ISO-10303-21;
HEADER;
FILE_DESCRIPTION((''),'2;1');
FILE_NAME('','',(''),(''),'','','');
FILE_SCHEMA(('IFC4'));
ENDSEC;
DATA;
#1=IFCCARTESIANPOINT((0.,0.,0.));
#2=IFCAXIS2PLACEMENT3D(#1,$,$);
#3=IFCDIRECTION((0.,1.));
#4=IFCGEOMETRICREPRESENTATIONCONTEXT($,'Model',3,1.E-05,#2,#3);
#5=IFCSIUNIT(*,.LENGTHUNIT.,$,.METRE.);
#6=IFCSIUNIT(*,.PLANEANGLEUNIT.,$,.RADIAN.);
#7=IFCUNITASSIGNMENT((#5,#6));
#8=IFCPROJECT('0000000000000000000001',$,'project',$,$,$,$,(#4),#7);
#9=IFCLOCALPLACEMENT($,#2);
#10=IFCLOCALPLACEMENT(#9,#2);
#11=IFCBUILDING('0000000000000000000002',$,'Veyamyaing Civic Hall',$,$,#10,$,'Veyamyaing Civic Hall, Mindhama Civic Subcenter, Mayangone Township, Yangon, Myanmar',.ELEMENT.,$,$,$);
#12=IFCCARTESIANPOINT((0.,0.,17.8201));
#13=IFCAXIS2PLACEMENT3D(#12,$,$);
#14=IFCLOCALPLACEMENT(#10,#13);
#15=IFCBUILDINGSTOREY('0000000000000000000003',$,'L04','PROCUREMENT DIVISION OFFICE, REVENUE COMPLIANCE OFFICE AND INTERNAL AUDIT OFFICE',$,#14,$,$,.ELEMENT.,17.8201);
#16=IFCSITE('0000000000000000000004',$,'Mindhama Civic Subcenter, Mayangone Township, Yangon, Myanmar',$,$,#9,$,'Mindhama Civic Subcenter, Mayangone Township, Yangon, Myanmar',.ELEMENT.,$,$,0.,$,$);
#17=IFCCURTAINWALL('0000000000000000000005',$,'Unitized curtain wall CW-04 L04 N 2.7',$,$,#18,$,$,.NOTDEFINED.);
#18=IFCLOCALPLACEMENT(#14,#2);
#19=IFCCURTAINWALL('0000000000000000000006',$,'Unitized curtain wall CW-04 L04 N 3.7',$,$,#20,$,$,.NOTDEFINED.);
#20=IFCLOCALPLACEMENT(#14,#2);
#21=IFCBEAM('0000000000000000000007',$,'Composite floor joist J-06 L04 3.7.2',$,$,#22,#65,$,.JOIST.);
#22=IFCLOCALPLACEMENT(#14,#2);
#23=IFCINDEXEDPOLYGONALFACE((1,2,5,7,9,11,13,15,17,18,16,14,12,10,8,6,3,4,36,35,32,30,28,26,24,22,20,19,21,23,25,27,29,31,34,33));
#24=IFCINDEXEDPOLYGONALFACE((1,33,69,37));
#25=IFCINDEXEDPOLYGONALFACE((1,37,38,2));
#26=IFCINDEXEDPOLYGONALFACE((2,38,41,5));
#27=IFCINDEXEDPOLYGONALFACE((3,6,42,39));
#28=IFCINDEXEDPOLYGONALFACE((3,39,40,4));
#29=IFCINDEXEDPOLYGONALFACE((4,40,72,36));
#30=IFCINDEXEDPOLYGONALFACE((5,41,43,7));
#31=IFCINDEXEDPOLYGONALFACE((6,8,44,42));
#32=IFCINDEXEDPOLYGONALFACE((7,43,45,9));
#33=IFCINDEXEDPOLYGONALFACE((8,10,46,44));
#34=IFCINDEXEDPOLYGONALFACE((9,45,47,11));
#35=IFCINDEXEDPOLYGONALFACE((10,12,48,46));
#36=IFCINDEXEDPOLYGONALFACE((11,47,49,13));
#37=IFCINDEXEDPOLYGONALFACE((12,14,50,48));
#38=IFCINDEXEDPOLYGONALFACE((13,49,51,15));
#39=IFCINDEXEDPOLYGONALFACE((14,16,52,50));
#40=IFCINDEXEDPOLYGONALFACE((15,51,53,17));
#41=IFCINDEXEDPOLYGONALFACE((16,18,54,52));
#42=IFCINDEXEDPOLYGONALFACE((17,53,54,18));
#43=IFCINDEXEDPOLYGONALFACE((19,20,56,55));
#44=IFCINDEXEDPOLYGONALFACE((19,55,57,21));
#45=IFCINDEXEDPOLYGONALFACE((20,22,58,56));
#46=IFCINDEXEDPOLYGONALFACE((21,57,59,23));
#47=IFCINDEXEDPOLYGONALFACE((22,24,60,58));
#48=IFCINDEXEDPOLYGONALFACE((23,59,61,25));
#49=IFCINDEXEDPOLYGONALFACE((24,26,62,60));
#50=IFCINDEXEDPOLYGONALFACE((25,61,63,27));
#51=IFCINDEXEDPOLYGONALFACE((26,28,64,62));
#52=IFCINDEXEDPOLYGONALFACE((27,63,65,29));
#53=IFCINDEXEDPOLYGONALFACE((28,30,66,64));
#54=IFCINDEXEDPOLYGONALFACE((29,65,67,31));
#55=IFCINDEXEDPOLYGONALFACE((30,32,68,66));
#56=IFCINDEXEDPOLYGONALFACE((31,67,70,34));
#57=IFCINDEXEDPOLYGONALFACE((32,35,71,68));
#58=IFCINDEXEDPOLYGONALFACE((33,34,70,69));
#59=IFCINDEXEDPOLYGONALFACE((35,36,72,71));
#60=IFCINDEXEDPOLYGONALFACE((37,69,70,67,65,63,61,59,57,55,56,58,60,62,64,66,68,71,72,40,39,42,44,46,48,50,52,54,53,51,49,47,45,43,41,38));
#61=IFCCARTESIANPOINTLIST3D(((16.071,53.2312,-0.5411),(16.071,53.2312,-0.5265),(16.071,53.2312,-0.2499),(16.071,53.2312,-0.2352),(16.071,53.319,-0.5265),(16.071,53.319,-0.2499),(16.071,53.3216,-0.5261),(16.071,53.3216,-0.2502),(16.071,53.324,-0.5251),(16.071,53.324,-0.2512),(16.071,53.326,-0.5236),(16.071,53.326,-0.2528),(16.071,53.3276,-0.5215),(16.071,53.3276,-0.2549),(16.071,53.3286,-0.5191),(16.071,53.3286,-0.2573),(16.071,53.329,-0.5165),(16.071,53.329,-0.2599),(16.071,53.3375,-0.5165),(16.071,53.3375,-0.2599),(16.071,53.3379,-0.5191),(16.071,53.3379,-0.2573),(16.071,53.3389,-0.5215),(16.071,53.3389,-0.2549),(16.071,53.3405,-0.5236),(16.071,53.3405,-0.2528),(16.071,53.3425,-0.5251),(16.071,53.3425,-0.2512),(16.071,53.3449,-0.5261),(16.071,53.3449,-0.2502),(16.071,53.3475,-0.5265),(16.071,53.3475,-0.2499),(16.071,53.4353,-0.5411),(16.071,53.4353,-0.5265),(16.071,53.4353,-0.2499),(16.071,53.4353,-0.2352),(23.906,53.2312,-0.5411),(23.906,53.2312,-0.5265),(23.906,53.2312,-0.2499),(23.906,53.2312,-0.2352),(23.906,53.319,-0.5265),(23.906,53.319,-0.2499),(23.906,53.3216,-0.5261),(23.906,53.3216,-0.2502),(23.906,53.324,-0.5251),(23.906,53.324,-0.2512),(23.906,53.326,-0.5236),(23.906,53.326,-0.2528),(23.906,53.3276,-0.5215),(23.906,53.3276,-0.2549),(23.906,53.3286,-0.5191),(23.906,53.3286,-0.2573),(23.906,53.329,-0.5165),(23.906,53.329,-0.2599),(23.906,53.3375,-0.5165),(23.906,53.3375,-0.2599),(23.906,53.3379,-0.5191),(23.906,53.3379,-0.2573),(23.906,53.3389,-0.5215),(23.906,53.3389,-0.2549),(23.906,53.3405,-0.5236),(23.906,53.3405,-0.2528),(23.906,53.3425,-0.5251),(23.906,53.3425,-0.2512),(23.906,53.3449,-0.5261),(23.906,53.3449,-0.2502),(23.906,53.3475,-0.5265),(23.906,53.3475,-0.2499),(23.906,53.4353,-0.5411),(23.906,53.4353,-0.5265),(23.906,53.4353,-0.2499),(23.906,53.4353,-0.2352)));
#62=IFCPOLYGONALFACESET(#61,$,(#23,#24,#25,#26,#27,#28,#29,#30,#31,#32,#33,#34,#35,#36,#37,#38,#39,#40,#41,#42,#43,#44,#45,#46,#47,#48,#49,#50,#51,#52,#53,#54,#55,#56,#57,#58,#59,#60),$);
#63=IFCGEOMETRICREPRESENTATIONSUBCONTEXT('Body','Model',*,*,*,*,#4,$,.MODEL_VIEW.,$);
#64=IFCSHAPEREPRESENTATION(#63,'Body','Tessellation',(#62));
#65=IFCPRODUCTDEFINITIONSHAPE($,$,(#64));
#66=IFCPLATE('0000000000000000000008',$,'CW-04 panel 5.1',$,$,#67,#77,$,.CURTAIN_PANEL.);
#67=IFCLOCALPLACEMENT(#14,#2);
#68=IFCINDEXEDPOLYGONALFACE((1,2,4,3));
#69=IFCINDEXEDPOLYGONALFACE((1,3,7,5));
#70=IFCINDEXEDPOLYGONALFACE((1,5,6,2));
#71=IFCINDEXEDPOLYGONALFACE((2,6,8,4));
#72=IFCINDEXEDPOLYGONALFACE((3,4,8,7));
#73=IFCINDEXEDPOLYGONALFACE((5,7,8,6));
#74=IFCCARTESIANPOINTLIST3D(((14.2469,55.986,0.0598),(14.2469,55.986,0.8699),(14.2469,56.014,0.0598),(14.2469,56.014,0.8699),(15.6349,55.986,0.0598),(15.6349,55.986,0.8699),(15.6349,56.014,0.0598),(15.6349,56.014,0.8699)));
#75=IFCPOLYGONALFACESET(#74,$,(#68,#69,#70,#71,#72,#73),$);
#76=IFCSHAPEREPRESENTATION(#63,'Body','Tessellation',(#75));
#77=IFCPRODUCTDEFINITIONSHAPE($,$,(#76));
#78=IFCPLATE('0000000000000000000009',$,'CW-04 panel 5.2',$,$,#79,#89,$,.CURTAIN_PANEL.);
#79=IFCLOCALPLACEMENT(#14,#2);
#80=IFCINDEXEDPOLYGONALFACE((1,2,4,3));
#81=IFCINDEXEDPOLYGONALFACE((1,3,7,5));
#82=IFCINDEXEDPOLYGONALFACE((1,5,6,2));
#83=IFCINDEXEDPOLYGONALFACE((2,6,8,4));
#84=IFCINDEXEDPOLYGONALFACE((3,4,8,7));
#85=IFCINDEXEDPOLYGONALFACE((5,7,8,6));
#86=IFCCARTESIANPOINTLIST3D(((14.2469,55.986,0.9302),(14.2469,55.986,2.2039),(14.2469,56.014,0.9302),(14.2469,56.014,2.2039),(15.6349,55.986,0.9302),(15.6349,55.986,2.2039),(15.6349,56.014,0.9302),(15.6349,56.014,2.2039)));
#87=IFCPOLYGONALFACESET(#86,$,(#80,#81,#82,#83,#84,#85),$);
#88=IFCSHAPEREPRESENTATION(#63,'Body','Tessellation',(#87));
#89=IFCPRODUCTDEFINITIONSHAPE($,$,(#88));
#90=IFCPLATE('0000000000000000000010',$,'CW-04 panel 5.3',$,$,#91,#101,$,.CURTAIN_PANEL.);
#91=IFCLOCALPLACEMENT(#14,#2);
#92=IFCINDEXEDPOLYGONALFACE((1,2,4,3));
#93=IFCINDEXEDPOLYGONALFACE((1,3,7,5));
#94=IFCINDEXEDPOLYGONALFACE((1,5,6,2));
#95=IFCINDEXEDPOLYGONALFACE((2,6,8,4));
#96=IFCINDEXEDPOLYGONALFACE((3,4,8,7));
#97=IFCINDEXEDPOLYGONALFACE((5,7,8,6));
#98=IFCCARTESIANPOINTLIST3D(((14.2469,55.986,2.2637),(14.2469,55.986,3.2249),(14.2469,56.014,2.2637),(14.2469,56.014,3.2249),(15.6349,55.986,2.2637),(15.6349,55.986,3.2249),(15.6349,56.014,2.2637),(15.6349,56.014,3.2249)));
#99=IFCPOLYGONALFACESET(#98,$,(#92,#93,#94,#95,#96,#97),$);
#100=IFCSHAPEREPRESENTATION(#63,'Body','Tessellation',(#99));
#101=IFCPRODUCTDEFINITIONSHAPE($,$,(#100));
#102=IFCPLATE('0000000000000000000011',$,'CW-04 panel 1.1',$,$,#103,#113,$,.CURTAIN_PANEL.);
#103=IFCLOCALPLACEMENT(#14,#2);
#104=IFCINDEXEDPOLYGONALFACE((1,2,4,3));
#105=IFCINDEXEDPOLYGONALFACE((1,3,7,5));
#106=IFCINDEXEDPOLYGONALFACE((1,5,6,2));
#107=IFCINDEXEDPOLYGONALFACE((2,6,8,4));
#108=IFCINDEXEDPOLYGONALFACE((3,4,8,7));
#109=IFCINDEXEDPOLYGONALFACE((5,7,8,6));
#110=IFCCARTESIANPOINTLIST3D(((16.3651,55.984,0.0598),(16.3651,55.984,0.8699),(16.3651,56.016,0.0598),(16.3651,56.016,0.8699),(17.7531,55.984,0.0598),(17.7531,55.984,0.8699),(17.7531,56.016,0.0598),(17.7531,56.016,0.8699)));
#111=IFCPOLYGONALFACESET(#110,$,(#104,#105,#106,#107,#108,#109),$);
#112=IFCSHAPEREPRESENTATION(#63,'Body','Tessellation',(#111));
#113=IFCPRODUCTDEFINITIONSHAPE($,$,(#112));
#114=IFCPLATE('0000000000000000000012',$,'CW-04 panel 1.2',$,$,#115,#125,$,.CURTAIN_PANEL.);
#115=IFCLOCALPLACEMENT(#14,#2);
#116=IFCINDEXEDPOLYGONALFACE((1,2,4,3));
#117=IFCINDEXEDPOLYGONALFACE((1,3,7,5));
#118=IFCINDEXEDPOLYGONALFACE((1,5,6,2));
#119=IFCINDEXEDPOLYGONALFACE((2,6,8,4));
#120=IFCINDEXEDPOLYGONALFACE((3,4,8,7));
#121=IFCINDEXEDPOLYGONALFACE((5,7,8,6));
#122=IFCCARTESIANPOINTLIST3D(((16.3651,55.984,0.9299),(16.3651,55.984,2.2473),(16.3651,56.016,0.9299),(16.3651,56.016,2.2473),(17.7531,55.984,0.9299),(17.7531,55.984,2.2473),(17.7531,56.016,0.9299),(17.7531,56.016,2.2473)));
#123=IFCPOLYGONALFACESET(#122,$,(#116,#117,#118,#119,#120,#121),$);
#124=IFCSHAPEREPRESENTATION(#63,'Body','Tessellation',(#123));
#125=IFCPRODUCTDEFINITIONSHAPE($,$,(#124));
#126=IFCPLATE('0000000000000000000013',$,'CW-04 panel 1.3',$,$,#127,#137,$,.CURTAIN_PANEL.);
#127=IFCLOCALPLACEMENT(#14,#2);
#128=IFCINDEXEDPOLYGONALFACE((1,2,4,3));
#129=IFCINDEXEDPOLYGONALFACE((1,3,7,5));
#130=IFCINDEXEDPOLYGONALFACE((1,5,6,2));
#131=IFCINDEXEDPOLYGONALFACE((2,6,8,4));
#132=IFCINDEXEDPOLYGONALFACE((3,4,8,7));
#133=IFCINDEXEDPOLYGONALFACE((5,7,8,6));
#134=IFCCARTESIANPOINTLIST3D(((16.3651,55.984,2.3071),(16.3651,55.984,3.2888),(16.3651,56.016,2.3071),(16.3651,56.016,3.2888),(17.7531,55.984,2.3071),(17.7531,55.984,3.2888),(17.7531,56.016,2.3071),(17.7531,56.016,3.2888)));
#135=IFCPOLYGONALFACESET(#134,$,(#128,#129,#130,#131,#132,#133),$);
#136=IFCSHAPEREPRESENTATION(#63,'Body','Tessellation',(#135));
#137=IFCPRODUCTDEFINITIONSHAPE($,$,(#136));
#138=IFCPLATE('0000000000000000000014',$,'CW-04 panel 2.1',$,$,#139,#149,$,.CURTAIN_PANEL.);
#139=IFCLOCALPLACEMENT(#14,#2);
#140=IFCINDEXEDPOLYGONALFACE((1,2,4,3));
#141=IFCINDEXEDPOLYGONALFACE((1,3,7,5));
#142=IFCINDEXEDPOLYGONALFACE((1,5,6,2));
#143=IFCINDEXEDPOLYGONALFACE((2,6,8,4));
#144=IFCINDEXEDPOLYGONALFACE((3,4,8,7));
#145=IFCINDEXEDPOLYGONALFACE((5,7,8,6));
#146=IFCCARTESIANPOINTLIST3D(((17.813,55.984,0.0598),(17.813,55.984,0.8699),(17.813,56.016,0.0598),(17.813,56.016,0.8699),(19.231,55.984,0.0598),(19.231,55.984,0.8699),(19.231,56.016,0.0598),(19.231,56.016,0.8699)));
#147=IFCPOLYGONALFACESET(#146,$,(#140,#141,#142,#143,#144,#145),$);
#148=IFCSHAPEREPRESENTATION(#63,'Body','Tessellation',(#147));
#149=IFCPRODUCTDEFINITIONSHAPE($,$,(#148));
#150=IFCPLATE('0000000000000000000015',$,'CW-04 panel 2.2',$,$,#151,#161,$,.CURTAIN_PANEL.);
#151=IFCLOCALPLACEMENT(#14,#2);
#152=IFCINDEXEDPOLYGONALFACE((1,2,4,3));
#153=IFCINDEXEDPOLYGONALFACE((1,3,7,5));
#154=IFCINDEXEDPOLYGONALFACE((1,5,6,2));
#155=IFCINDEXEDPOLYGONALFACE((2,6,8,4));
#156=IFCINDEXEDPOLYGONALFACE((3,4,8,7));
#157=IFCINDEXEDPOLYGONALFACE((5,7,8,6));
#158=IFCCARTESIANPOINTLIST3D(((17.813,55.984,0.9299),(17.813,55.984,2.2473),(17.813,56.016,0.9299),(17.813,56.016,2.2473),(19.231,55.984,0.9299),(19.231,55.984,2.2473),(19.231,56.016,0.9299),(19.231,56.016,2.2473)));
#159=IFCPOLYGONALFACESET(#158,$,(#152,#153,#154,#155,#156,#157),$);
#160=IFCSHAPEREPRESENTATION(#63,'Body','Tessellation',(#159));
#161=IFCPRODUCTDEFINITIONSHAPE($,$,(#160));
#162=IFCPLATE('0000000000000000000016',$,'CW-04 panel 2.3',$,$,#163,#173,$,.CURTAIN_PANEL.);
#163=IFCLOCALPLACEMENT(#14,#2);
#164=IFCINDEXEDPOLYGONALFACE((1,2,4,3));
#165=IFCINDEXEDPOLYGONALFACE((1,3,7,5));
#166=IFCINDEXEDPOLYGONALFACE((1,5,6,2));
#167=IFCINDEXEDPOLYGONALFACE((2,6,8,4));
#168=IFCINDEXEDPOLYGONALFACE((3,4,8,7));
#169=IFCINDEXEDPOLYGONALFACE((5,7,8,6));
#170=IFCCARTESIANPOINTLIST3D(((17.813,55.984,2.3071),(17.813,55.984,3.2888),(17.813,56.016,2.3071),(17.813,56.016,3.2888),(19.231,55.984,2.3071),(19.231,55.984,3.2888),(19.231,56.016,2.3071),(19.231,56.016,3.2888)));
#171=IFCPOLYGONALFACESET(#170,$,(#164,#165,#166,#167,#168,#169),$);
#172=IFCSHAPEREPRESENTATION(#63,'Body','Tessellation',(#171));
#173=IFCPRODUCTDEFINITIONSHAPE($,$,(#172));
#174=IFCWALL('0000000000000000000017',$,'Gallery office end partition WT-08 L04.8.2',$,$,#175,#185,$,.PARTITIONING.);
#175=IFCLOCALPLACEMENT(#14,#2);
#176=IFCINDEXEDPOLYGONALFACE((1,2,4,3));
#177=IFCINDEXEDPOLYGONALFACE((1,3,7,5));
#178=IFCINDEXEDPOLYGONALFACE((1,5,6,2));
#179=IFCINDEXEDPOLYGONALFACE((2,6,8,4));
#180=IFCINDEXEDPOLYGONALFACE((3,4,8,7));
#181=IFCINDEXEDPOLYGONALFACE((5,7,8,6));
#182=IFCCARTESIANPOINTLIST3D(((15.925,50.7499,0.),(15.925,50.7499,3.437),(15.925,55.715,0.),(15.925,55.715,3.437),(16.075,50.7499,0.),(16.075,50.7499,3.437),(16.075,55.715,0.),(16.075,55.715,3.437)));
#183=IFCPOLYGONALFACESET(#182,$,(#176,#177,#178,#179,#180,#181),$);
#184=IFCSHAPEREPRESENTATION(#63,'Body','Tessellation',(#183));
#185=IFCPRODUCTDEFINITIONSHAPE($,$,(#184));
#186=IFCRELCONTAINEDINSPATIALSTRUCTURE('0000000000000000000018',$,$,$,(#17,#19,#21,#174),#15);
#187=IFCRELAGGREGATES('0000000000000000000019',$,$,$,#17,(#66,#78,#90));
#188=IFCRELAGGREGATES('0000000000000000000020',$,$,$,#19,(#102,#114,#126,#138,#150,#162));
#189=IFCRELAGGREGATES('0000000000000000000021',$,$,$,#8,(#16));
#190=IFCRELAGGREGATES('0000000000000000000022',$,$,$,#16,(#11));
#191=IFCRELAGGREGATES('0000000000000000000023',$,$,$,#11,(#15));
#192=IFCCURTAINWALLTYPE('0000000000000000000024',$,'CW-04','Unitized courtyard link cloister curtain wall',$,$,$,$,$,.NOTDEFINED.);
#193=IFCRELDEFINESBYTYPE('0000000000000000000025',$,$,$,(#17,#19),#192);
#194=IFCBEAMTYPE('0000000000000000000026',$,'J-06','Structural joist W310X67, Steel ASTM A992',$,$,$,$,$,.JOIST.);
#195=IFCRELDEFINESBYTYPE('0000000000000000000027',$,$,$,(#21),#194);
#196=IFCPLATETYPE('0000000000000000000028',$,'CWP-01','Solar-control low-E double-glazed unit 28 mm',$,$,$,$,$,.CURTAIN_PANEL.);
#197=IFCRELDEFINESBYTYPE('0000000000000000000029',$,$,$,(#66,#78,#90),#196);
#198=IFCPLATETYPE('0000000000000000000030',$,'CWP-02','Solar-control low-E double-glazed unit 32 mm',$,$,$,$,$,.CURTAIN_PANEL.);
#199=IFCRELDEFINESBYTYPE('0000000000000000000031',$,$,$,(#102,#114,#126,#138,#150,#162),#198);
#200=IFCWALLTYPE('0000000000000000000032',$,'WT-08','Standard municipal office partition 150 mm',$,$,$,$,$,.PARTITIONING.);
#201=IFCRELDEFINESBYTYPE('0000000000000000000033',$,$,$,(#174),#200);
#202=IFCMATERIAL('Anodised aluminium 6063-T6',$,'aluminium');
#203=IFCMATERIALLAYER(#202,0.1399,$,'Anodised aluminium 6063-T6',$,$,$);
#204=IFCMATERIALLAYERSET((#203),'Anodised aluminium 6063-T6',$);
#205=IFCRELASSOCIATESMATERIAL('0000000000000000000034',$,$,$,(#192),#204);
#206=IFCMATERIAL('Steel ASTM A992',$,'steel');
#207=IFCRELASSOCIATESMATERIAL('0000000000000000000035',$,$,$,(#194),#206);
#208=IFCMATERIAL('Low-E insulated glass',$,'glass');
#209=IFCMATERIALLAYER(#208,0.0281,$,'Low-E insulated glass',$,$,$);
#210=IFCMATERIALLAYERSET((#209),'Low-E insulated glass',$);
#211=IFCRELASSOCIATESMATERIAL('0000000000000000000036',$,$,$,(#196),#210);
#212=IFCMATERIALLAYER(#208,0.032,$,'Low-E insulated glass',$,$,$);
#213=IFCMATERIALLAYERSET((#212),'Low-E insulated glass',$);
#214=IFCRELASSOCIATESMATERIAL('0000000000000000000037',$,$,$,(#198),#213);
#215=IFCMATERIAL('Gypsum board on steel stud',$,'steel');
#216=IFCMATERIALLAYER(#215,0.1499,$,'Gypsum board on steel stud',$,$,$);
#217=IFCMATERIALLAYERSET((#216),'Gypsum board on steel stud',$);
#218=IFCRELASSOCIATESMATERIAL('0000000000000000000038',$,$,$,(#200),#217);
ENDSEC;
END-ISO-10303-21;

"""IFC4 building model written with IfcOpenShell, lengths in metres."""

from ifc_helpers import new_model, si_unit, direction, frame, frame_2d, origin, origin_2d, place, context, subcontext, project, spatial, rectangle, i_section, extrude, material, layer, layer_set, material_profile, profile_set, type_object, element, aggregate, save


model = new_model("IFC4")

# Units and contexts
model_context = context("Model", 3, precision=1e-05, world=origin(), true_north=direction((0.0, 1.0)))
body_context = subcontext(model_context, "Body", "Model", "MODEL_VIEW")
ifc_project = project(units=[si_unit("LENGTHUNIT", "METRE"), si_unit("PLANEANGLEUNIT", "RADIAN")], contexts=[model_context])

# Site, building, storey
site_placement = place(None, origin())
site = spatial("IfcSite", under=ifc_project, at=site_placement, Name="Mindhama Civic Subcenter, Mayangone Township, Yangon, Myanmar", LongName="Mindhama Civic Subcenter, Mayangone Township, Yangon, Myanmar", CompositionType="ELEMENT", RefElevation=0.0)
building_placement = place(site_placement, origin())
building = spatial("IfcBuilding", under=site, at=building_placement, Name="Veyamyaing Civic Hall", LongName="Veyamyaing Civic Hall, Mindhama Civic Subcenter, Mayangone Township, Yangon, Myanmar", CompositionType="ELEMENT")
storey_placement = place(building_placement, frame((0.0, 0.0, 17.8201)))
storey = spatial("IfcBuildingStorey", under=building, at=storey_placement, Name="L04", Description="PROCUREMENT DIVISION OFFICE, REVENUE COMPLIANCE OFFICE AND INTERNAL AUDIT OFFICE", CompositionType="ELEMENT", Elevation=17.8201)

# Shared definitions
ifc_material_1 = material(Name="Steel ASTM A992", Category="steel")

# Curtain wall
ifc_material_2 = material(Name="Anodised aluminium 6063-T6", Category="aluminium")
ifc_layer_1 = layer(ifc_material_2, 0.1399, Name="Anodised aluminium 6063-T6")
ifc_layer_set_1 = layer_set([ifc_layer_1], Name="Anodised aluminium 6063-T6")
curtain_wall_type = type_object("IfcCurtainWallType", Name="CW-04", Description="Unitized courtyard link cloister curtain wall", PredefinedType="NOTDEFINED", material=ifc_layer_set_1)
curtain_wall_1_placement = place(storey_placement, origin())
curtain_wall_1 = element("IfcCurtainWall", 1, at=curtain_wall_1_placement, inside=storey, type_object=curtain_wall_type, Name="Unitized curtain wall CW-04 L04 N 2.7", PredefinedType="NOTDEFINED")

# Curtain wall
curtain_wall_2_placement = place(storey_placement, origin())
curtain_wall_2 = element("IfcCurtainWall", 2, at=curtain_wall_2_placement, inside=storey, type_object=curtain_wall_type, Name="Unitized curtain wall CW-04 L04 N 3.7", PredefinedType="NOTDEFINED")

# Beam
ifc_material_profile_1 = material_profile(ifc_material_1, i_section(OverallWidth=0.2041, OverallDepth=0.3059, WebThickness=0.0085, FlangeThickness=0.0146, FilletRadius=0.01, at=origin_2d()), Name="W310X67")
ifc_profile_set_1 = profile_set([ifc_material_profile_1], Name="Steel ASTM A992")
beam_type_1 = type_object("IfcBeamType", Name="J-06", Description="Structural joist W310X67, Steel ASTM A992", PredefinedType="JOIST", material=ifc_profile_set_1)
for number, where, z_axis, x_axis, name in (
    (3, (16.071, 53.3333, -0.3882), (1.0, 0.0, 0.0), (0.0, 1.0, 0.0), "Composite floor joist J-06 L04 3.7.2"),
):
    element("IfcBeam", number, at=place(storey_placement, frame(where, z_axis=z_axis, x_axis=x_axis)), inside=storey, type_object=beam_type_1, Name=name, PredefinedType="JOIST", context=body_context, shape_type="SweptSolid", body=[
        extrude(i_section(OverallWidth=0.2041, OverallDepth=0.3059, WebThickness=0.0085, FlangeThickness=0.0146, FilletRadius=0.01, at=origin_2d()), origin(), (0.0, 0.0, 1.0), 7.835),
    ])

# Plates
ifc_material_3 = material(Name="Low-E insulated glass", Category="glass")
ifc_layer_2 = layer(ifc_material_3, 0.0281, Name="Low-E insulated glass")
ifc_layer_set_2 = layer_set([ifc_layer_2], Name="Low-E insulated glass")
plate_type_1 = type_object("IfcPlateType", Name="CWP-01", Description="Solar-control low-E double-glazed unit 28 mm", PredefinedType="CURTAIN_PANEL", material=ifc_layer_set_2)
plate_1_placement = place(storey_placement, frame((14.9409, 56.0, 0.0598), z_axis=(0.0, 0.0, 1.0), x_axis=(1.0, 0.0, 0.0)))
plate_1 = element("IfcPlate", 4, at=plate_1_placement, type_object=plate_type_1, Name="CW-04 panel 5.1", PredefinedType="CURTAIN_PANEL", context=body_context, shape_type="SweptSolid", body=[
    extrude(rectangle(XDim=1.3879, YDim=0.0281, at=origin_2d()), origin(), (0.0, 0.0, 1.0), 0.8101),
])
plate_2_placement = place(storey_placement, frame((14.9409, 56.0, 0.9302), z_axis=(0.0, 0.0, 1.0), x_axis=(1.0, 0.0, 0.0)))
plate_2 = element("IfcPlate", 5, at=plate_2_placement, type_object=plate_type_1, Name="CW-04 panel 5.2", PredefinedType="CURTAIN_PANEL", context=body_context, shape_type="SweptSolid", body=[
    extrude(rectangle(XDim=1.3879, YDim=0.0281, at=origin_2d()), origin(), (0.0, 0.0, 1.0), 1.2737),
])
plate_3_placement = place(storey_placement, frame((14.9409, 56.0, 2.2637), z_axis=(0.0, 0.0, 1.0), x_axis=(1.0, 0.0, 0.0)))
plate_3 = element("IfcPlate", 6, at=plate_3_placement, type_object=plate_type_1, Name="CW-04 panel 5.3", PredefinedType="CURTAIN_PANEL", context=body_context, shape_type="SweptSolid", body=[
    extrude(rectangle(XDim=1.3879, YDim=0.0281, at=origin_2d()), origin(), (0.0, 0.0, 1.0), 0.9612),
])
aggregate(curtain_wall_1, [plate_1, plate_2, plate_3])
ifc_layer_3 = layer(ifc_material_3, 0.032, Name="Low-E insulated glass")
ifc_layer_set_3 = layer_set([ifc_layer_3], Name="Low-E insulated glass")
plate_type_2 = type_object("IfcPlateType", Name="CWP-02", Description="Solar-control low-E double-glazed unit 32 mm", PredefinedType="CURTAIN_PANEL", material=ifc_layer_set_3)
plate_4_placement = place(storey_placement, frame((17.0591, 56.0, 0.0598), z_axis=(0.0, 0.0, 1.0), x_axis=(1.0, 0.0, 0.0)))
plate_4 = element("IfcPlate", 7, at=plate_4_placement, type_object=plate_type_2, Name="CW-04 panel 1.1", PredefinedType="CURTAIN_PANEL", context=body_context, shape_type="SweptSolid", body=[
    extrude(rectangle(XDim=1.3879, YDim=0.032, at=origin_2d()), origin(), (0.0, 0.0, 1.0), 0.8101),
])
plate_5_placement = place(storey_placement, frame((17.0591, 56.0, 0.9299), z_axis=(0.0, 0.0, 1.0), x_axis=(1.0, 0.0, 0.0)))
plate_5 = element("IfcPlate", 8, at=plate_5_placement, type_object=plate_type_2, Name="CW-04 panel 1.2", PredefinedType="CURTAIN_PANEL", context=body_context, shape_type="SweptSolid", body=[
    extrude(rectangle(XDim=1.3879, YDim=0.032, at=origin_2d()), origin(), (0.0, 0.0, 1.0), 1.3174),
])
plate_6_placement = place(storey_placement, frame((17.0591, 56.0, 2.3071), z_axis=(0.0, 0.0, 1.0), x_axis=(1.0, 0.0, 0.0)))
plate_6 = element("IfcPlate", 9, at=plate_6_placement, type_object=plate_type_2, Name="CW-04 panel 1.3", PredefinedType="CURTAIN_PANEL", context=body_context, shape_type="SweptSolid", body=[
    extrude(rectangle(XDim=1.3879, YDim=0.032, at=origin_2d()), origin(), (0.0, 0.0, 1.0), 0.9817),
])
plate_7_placement = place(storey_placement, frame((18.522, 56.0, 0.0598), z_axis=(0.0, 0.0, 1.0), x_axis=(1.0, 0.0, 0.0)))
plate_7 = element("IfcPlate", 10, at=plate_7_placement, type_object=plate_type_2, Name="CW-04 panel 2.1", PredefinedType="CURTAIN_PANEL", context=body_context, shape_type="SweptSolid", body=[
    extrude(rectangle(XDim=1.418, YDim=0.032, at=origin_2d()), origin(), (0.0, 0.0, 1.0), 0.8101),
])
plate_8_placement = place(storey_placement, frame((18.522, 56.0, 0.9299), z_axis=(0.0, 0.0, 1.0), x_axis=(1.0, 0.0, 0.0)))
plate_8 = element("IfcPlate", 11, at=plate_8_placement, type_object=plate_type_2, Name="CW-04 panel 2.2", PredefinedType="CURTAIN_PANEL", context=body_context, shape_type="SweptSolid", body=[
    extrude(rectangle(XDim=1.418, YDim=0.032, at=origin_2d()), origin(), (0.0, 0.0, 1.0), 1.3174),
])
plate_9_placement = place(storey_placement, frame((18.522, 56.0, 2.3071), z_axis=(0.0, 0.0, 1.0), x_axis=(1.0, 0.0, 0.0)))
plate_9 = element("IfcPlate", 12, at=plate_9_placement, type_object=plate_type_2, Name="CW-04 panel 2.3", PredefinedType="CURTAIN_PANEL", context=body_context, shape_type="SweptSolid", body=[
    extrude(rectangle(XDim=1.418, YDim=0.032, at=origin_2d()), origin(), (0.0, 0.0, 1.0), 0.9817),
])
aggregate(curtain_wall_2, [plate_4, plate_5, plate_6, plate_7, plate_8, plate_9])

# Wall
ifc_material_4 = material(Name="Gypsum board on steel stud", Category="steel")
ifc_layer_4 = layer(ifc_material_4, 0.1499, Name="Gypsum board on steel stud")
ifc_layer_set_4 = layer_set([ifc_layer_4], Name="Gypsum board on steel stud")
wall_type_1 = type_object("IfcWallType", Name="WT-08", Description="Standard municipal office partition 150 mm", PredefinedType="PARTITIONING", material=ifc_layer_set_4)
wall_1_placement = place(storey_placement, frame((16.0, 50.75, 0.0), z_axis=(0.0, 0.0, 1.0), x_axis=(0.0, 1.0, 0.0)))
element("IfcWall", 13, at=wall_1_placement, inside=storey, type_object=wall_type_1, Name="Gallery office end partition WT-08 L04.8.2", PredefinedType="PARTITIONING", context=body_context, shape_type="SweptSolid", body=[
    extrude(rectangle(XDim=4.9651, YDim=0.1499, at=frame_2d((2.4824, 0.0))), origin(), (0.0, 0.0, 1.0), 3.437),
])

save(model, "model.ifc")
